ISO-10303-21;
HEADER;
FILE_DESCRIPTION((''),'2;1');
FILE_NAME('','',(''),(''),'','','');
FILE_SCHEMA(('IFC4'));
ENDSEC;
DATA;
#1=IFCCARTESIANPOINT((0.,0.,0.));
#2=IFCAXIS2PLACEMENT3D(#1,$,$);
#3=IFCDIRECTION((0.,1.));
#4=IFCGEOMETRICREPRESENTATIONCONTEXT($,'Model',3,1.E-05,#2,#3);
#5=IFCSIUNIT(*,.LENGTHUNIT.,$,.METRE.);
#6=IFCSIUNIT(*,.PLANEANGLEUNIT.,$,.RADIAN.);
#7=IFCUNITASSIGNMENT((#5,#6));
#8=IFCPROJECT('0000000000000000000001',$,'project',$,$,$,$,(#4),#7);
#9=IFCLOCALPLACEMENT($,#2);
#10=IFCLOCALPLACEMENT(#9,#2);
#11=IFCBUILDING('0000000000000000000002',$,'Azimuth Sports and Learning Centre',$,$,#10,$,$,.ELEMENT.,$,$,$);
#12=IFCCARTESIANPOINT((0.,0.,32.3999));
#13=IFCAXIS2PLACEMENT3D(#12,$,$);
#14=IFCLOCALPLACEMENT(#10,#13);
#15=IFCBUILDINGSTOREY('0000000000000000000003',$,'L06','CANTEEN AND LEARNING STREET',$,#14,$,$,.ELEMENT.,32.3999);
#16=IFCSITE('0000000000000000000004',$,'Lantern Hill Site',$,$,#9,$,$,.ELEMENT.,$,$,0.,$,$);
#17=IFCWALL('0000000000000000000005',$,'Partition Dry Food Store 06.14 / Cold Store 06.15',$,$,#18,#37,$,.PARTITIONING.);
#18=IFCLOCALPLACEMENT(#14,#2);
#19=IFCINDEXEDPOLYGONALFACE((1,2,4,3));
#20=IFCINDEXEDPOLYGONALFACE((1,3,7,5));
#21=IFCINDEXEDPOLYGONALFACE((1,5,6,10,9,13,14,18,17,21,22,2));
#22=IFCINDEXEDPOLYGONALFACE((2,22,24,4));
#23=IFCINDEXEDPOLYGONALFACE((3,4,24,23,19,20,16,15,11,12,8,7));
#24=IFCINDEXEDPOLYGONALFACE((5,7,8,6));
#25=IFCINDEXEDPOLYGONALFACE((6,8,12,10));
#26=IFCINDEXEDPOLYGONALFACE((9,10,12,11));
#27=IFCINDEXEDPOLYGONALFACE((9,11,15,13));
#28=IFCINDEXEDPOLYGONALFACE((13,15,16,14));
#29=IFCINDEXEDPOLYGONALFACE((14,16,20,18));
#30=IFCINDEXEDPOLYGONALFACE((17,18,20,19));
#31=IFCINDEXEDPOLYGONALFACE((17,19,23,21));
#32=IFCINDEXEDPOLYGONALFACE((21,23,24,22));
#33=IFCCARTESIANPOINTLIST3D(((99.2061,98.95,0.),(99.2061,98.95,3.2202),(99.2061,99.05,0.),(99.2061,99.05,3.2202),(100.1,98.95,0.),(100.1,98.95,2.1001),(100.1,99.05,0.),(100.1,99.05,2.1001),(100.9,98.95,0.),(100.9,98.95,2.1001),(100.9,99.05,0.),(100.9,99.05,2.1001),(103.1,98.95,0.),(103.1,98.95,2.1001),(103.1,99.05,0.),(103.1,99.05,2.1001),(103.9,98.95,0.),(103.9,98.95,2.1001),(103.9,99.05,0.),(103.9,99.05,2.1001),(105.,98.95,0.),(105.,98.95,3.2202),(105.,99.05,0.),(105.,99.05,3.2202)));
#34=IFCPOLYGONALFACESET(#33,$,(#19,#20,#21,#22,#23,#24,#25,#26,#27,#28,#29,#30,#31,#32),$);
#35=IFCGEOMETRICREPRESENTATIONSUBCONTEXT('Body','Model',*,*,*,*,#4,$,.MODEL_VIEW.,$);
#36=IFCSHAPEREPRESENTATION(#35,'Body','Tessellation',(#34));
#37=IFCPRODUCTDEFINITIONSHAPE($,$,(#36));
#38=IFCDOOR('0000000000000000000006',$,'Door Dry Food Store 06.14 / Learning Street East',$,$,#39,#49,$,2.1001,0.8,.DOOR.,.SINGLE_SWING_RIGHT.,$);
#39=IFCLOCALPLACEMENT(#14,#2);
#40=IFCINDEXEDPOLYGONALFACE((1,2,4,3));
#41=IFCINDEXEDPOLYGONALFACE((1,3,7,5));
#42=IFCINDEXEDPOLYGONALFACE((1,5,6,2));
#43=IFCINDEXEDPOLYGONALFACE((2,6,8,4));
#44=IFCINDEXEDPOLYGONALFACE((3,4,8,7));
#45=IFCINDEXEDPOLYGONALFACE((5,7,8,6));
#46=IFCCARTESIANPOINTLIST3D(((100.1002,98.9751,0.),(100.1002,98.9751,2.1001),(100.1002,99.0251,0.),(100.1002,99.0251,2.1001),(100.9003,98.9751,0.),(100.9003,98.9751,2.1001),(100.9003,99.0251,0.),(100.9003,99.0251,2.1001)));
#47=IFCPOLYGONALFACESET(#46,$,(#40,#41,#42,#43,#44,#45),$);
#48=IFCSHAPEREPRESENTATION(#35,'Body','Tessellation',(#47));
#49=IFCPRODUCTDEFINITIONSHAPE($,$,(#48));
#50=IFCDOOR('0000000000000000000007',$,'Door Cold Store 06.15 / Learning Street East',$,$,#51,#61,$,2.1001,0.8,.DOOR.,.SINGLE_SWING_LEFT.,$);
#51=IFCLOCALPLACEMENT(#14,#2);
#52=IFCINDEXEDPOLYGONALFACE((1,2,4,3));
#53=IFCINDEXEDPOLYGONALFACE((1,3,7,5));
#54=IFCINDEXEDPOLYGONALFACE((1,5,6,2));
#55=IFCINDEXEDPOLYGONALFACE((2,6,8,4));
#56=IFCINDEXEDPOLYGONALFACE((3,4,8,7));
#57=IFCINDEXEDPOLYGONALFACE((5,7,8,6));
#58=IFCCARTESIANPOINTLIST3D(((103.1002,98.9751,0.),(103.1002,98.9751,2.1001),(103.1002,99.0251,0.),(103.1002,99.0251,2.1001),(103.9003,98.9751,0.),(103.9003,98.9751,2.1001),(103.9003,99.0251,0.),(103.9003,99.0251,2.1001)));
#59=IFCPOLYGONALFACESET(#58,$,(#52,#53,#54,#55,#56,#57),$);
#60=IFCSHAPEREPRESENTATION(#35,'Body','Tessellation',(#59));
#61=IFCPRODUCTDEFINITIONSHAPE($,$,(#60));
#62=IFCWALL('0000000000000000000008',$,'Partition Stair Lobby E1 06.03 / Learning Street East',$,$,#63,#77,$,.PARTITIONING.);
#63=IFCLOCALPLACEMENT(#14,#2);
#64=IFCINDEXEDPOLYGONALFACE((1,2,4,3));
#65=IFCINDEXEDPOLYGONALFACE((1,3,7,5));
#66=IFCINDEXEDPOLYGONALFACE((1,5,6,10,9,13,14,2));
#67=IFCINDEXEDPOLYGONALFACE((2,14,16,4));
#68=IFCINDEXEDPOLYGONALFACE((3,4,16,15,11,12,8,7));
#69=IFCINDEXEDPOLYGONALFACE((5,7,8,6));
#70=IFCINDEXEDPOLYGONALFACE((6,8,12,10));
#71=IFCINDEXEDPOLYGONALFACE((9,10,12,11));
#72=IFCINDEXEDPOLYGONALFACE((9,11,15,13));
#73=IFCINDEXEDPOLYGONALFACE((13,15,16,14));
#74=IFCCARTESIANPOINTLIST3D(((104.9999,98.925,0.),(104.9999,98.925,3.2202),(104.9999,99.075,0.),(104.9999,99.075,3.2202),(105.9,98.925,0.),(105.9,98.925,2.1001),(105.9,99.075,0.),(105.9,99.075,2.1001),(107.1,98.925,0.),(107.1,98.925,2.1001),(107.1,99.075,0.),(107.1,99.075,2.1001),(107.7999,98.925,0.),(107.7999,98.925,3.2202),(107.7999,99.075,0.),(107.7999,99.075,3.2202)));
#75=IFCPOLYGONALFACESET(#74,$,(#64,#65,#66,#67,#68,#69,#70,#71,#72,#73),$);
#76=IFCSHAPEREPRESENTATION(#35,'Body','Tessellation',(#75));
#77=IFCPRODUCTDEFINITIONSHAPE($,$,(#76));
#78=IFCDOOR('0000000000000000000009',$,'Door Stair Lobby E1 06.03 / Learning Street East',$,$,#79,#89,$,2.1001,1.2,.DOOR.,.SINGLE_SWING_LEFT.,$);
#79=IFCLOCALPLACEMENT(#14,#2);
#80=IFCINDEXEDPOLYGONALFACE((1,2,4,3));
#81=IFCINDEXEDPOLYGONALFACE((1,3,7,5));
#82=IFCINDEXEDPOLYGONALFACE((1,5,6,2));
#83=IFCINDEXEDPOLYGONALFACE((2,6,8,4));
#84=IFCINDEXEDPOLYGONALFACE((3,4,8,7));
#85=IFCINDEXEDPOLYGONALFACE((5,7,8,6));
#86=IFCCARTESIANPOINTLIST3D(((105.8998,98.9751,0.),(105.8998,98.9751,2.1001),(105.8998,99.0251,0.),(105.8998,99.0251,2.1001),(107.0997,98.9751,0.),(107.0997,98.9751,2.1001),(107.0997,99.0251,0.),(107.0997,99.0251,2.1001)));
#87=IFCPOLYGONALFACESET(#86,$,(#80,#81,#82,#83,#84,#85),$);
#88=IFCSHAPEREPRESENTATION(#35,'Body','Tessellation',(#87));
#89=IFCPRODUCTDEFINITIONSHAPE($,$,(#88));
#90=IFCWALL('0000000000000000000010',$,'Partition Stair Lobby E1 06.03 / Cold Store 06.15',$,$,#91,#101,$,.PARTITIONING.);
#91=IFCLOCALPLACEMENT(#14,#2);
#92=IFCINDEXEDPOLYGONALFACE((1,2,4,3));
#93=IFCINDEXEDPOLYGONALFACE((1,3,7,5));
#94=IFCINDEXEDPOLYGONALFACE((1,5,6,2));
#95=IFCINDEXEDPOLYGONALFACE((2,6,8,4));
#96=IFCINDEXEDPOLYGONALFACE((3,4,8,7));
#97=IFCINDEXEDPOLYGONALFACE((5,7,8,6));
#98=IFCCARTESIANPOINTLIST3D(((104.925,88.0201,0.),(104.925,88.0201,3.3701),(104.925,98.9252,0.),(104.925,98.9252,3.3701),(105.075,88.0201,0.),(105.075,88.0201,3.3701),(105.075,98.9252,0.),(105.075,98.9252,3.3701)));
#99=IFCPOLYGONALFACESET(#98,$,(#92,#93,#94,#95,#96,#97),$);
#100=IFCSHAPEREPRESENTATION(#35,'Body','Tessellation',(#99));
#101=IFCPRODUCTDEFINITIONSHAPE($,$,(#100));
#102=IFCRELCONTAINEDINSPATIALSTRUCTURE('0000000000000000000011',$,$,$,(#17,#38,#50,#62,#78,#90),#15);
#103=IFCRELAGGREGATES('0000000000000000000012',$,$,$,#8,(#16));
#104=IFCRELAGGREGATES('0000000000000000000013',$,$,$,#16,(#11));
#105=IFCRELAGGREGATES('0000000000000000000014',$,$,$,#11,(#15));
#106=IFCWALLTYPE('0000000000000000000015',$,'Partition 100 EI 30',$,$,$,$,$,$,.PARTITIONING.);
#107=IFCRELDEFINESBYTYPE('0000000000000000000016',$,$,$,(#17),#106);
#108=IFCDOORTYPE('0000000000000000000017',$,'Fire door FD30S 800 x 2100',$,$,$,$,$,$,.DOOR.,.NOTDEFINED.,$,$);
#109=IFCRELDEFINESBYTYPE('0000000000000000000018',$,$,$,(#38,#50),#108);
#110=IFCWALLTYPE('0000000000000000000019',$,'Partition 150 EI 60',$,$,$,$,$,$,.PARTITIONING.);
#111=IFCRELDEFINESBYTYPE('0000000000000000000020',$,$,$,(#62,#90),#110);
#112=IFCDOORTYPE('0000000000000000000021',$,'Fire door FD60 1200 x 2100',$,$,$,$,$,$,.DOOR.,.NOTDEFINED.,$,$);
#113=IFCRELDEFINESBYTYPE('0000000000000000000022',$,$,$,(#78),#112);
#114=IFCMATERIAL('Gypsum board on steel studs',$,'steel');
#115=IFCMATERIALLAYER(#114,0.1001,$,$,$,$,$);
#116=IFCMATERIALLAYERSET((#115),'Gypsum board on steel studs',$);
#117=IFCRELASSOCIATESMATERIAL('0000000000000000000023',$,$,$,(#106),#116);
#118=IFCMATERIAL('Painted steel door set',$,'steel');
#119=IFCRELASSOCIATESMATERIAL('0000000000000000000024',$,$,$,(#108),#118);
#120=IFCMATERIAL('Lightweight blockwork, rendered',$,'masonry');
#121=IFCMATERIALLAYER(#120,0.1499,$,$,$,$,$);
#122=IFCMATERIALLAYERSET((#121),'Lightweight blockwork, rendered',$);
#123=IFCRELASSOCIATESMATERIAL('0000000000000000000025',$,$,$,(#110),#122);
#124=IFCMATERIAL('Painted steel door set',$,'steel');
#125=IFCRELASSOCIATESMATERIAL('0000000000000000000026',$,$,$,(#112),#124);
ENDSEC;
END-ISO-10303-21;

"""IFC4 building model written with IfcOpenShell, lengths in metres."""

from ifc_helpers import new_model, si_unit, direction, frame, frame_2d, origin, place, context, subcontext, project, spatial, rectangle, extrude, material, layer, layer_set, type_object, element, fill, save


model = new_model("IFC4")

# Units and contexts
model_context = context("Model", 3, precision=1e-05, world=origin(), true_north=direction((0.0, 1.0)))
body_context = subcontext(model_context, "Body", "Model", "MODEL_VIEW")
ifc_project = project(units=[si_unit("LENGTHUNIT", "METRE"), si_unit("PLANEANGLEUNIT", "RADIAN")], contexts=[model_context])

# Site, building, storey
site_placement = place(None, origin())
site = spatial("IfcSite", under=ifc_project, at=site_placement, Name="Lantern Hill Site", CompositionType="ELEMENT", RefElevation=0.0)
building_placement = place(site_placement, origin())
building = spatial("IfcBuilding", under=site, at=building_placement, Name="Azimuth Sports and Learning Centre", CompositionType="ELEMENT")
storey_placement = place(building_placement, frame((0.0, 0.0, 32.3999)))
storey = spatial("IfcBuildingStorey", under=building, at=storey_placement, Name="L06", Description="CANTEEN AND LEARNING STREET", CompositionType="ELEMENT", Elevation=32.3999)

# Wall, openings, doors
ifc_material_1 = material(Name="Gypsum board on steel studs", Category="steel")
ifc_layer_1 = layer(ifc_material_1, 0.1001)
ifc_layer_set_1 = layer_set([ifc_layer_1], Name="Gypsum board on steel studs")
wall_type_1 = type_object("IfcWallType", Name="Partition 100 EI 30", PredefinedType="PARTITIONING", material=ifc_layer_set_1)
wall_1_placement = place(storey_placement, frame((99.2061, 99.0, 0.0), z_axis=(0.0, 0.0, 1.0), x_axis=(1.0, 0.0, 0.0)))
wall_1 = element("IfcWall", 1, at=wall_1_placement, inside=storey, type_object=wall_type_1, Name="Partition Dry Food Store 06.14 / Cold Store 06.15", PredefinedType="PARTITIONING", context=body_context, shape_type="SweptSolid", body=[
    extrude(rectangle(XDim=5.7939, YDim=0.1001, at=frame_2d((2.897, 0.0))), origin(), (0.0, 0.0, 1.0), 3.2202),
])
opening_1_placement = place(wall_1_placement, frame((0.894, 0.0, 0.0)))
opening_1 = element("IfcOpeningElement", 2, at=opening_1_placement, cuts=wall_1, PredefinedType="OPENING", context=body_context, shape_type="SweptSolid", body=[
    extrude(rectangle(XDim=0.8, YDim=2.1001, at=frame_2d((0.3999, 1.05))), frame((0.0, 0.061, 0.0), z_axis=(0.0, -1.0, 0.0), x_axis=(1.0, 0.0, 0.0)), (0.0, 0.0, 1.0), 0.1221),
])
opening_2_placement = place(wall_1_placement, frame((3.894, 0.0, 0.0)))
opening_2 = element("IfcOpeningElement", 3, at=opening_2_placement, cuts=wall_1, PredefinedType="OPENING", context=body_context, shape_type="SweptSolid", body=[
    extrude(rectangle(XDim=0.8, YDim=2.1001, at=frame_2d((0.3999, 1.05))), frame((0.0, 0.061, 0.0), z_axis=(0.0, -1.0, 0.0), x_axis=(1.0, 0.0, 0.0)), (0.0, 0.0, 1.0), 0.1221),
])
ifc_material_2 = material(Name="Painted steel door set", Category="steel")
door_type_1 = type_object("IfcDoorType", Name="Fire door FD30S 800 x 2100", OperationType="NOTDEFINED", PredefinedType="DOOR", material=ifc_material_2)
door_1_placement = place(opening_1_placement, frame((0.8, 0.0, 0.0), z_axis=(0.0, 0.0, 1.0), x_axis=(-1.0, 0.0, 0.0)))
door_1 = element("IfcDoor", 4, at=door_1_placement, inside=storey, type_object=door_type_1, Name="Door Dry Food Store 06.14 / Learning Street East", OperationType="SINGLE_SWING_RIGHT", OverallHeight=2.1001, OverallWidth=0.8, PredefinedType="DOOR", context=body_context, shape_type="SweptSolid", body=[
    extrude(rectangle(XDim=0.8, YDim=2.1001, at=frame_2d((0.3999, 1.05))), frame((0.0, 0.0249, 0.0), z_axis=(0.0, -1.0, 0.0), x_axis=(1.0, 0.0, 0.0)), (0.0, 0.0, 1.0), 0.05),
])
fill(opening_1, door_1)
door_2_placement = place(opening_2_placement, frame((0.8, 0.0, 0.0), z_axis=(0.0, 0.0, 1.0), x_axis=(-1.0, 0.0, 0.0)))
door_2 = element("IfcDoor", 5, at=door_2_placement, inside=storey, type_object=door_type_1, Name="Door Cold Store 06.15 / Learning Street East", OperationType="SINGLE_SWING_LEFT", OverallHeight=2.1001, OverallWidth=0.8, PredefinedType="DOOR", context=body_context, shape_type="SweptSolid", body=[
    extrude(rectangle(XDim=0.8, YDim=2.1001, at=frame_2d((0.3999, 1.05))), frame((0.0, 0.0249, 0.0), z_axis=(0.0, -1.0, 0.0), x_axis=(1.0, 0.0, 0.0)), (0.0, 0.0, 1.0), 0.05),
])
fill(opening_2, door_2)

# Wall, opening, door
ifc_material_3 = material(Name="Lightweight blockwork, rendered", Category="masonry")
ifc_layer_2 = layer(ifc_material_3, 0.1499)
ifc_layer_set_2 = layer_set([ifc_layer_2], Name="Lightweight blockwork, rendered")
wall_type_2 = type_object("IfcWallType", Name="Partition 150 EI 60", PredefinedType="PARTITIONING", material=ifc_layer_set_2)
wall_2_placement = place(storey_placement, frame((105.0, 99.0, 0.0), z_axis=(0.0, 0.0, 1.0), x_axis=(1.0, 0.0, 0.0)))
wall_2 = element("IfcWall", 6, at=wall_2_placement, inside=storey, type_object=wall_type_2, Name="Partition Stair Lobby E1 06.03 / Learning Street East", PredefinedType="PARTITIONING", context=body_context, shape_type="SweptSolid", body=[
    extrude(rectangle(XDim=2.8, YDim=0.1499, at=frame_2d((1.3999, 0.0))), origin(), (0.0, 0.0, 1.0), 3.2202),
])
opening_3_placement = place(wall_2_placement, frame((0.8999, 0.0, 0.0)))
opening_3 = element("IfcOpeningElement", 7, at=opening_3_placement, cuts=wall_2, PredefinedType="OPENING", context=body_context, shape_type="SweptSolid", body=[
    extrude(rectangle(XDim=1.2, YDim=2.1001, at=frame_2d((0.6001, 1.05))), frame((0.0, 0.0859, 0.0), z_axis=(0.0, -1.0, 0.0), x_axis=(1.0, 0.0, 0.0)), (0.0, 0.0, 1.0), 0.1719),
])
ifc_material_4 = material(Name="Painted steel door set", Category="steel")
door_type_2 = type_object("IfcDoorType", Name="Fire door FD60 1200 x 2100", OperationType="NOTDEFINED", PredefinedType="DOOR", material=ifc_material_4)
door_3_placement = place(opening_3_placement, frame((1.2, 0.0, 0.0), z_axis=(0.0, 0.0, 1.0), x_axis=(-1.0, 0.0, 0.0)))
door_3 = element("IfcDoor", 8, at=door_3_placement, inside=storey, type_object=door_type_2, Name="Door Stair Lobby E1 06.03 / Learning Street East", OperationType="SINGLE_SWING_LEFT", OverallHeight=2.1001, OverallWidth=1.2, PredefinedType="DOOR", context=body_context, shape_type="SweptSolid", body=[
    extrude(rectangle(XDim=1.2, YDim=2.1001, at=frame_2d((0.6001, 1.05))), frame((0.0, 0.0249, 0.0), z_axis=(0.0, -1.0, 0.0), x_axis=(1.0, 0.0, 0.0)), (0.0, 0.0, 1.0), 0.05),
])
fill(opening_3, door_3)

# Wall
wall_3_placement = place(storey_placement, frame((105.0, 88.02, 0.0), z_axis=(0.0, 0.0, 1.0), x_axis=(0.0, 1.0, 0.0)))
element("IfcWall", 9, at=wall_3_placement, inside=storey, type_object=wall_type_2, Name="Partition Stair Lobby E1 06.03 / Cold Store 06.15", PredefinedType="PARTITIONING", context=body_context, shape_type="SweptSolid", body=[
    extrude(rectangle(XDim=10.905, YDim=0.1499, at=frame_2d((5.4526, 0.0))), origin(), (0.0, 0.0, 1.0), 3.3701),
])

save(model, "model.ifc")
